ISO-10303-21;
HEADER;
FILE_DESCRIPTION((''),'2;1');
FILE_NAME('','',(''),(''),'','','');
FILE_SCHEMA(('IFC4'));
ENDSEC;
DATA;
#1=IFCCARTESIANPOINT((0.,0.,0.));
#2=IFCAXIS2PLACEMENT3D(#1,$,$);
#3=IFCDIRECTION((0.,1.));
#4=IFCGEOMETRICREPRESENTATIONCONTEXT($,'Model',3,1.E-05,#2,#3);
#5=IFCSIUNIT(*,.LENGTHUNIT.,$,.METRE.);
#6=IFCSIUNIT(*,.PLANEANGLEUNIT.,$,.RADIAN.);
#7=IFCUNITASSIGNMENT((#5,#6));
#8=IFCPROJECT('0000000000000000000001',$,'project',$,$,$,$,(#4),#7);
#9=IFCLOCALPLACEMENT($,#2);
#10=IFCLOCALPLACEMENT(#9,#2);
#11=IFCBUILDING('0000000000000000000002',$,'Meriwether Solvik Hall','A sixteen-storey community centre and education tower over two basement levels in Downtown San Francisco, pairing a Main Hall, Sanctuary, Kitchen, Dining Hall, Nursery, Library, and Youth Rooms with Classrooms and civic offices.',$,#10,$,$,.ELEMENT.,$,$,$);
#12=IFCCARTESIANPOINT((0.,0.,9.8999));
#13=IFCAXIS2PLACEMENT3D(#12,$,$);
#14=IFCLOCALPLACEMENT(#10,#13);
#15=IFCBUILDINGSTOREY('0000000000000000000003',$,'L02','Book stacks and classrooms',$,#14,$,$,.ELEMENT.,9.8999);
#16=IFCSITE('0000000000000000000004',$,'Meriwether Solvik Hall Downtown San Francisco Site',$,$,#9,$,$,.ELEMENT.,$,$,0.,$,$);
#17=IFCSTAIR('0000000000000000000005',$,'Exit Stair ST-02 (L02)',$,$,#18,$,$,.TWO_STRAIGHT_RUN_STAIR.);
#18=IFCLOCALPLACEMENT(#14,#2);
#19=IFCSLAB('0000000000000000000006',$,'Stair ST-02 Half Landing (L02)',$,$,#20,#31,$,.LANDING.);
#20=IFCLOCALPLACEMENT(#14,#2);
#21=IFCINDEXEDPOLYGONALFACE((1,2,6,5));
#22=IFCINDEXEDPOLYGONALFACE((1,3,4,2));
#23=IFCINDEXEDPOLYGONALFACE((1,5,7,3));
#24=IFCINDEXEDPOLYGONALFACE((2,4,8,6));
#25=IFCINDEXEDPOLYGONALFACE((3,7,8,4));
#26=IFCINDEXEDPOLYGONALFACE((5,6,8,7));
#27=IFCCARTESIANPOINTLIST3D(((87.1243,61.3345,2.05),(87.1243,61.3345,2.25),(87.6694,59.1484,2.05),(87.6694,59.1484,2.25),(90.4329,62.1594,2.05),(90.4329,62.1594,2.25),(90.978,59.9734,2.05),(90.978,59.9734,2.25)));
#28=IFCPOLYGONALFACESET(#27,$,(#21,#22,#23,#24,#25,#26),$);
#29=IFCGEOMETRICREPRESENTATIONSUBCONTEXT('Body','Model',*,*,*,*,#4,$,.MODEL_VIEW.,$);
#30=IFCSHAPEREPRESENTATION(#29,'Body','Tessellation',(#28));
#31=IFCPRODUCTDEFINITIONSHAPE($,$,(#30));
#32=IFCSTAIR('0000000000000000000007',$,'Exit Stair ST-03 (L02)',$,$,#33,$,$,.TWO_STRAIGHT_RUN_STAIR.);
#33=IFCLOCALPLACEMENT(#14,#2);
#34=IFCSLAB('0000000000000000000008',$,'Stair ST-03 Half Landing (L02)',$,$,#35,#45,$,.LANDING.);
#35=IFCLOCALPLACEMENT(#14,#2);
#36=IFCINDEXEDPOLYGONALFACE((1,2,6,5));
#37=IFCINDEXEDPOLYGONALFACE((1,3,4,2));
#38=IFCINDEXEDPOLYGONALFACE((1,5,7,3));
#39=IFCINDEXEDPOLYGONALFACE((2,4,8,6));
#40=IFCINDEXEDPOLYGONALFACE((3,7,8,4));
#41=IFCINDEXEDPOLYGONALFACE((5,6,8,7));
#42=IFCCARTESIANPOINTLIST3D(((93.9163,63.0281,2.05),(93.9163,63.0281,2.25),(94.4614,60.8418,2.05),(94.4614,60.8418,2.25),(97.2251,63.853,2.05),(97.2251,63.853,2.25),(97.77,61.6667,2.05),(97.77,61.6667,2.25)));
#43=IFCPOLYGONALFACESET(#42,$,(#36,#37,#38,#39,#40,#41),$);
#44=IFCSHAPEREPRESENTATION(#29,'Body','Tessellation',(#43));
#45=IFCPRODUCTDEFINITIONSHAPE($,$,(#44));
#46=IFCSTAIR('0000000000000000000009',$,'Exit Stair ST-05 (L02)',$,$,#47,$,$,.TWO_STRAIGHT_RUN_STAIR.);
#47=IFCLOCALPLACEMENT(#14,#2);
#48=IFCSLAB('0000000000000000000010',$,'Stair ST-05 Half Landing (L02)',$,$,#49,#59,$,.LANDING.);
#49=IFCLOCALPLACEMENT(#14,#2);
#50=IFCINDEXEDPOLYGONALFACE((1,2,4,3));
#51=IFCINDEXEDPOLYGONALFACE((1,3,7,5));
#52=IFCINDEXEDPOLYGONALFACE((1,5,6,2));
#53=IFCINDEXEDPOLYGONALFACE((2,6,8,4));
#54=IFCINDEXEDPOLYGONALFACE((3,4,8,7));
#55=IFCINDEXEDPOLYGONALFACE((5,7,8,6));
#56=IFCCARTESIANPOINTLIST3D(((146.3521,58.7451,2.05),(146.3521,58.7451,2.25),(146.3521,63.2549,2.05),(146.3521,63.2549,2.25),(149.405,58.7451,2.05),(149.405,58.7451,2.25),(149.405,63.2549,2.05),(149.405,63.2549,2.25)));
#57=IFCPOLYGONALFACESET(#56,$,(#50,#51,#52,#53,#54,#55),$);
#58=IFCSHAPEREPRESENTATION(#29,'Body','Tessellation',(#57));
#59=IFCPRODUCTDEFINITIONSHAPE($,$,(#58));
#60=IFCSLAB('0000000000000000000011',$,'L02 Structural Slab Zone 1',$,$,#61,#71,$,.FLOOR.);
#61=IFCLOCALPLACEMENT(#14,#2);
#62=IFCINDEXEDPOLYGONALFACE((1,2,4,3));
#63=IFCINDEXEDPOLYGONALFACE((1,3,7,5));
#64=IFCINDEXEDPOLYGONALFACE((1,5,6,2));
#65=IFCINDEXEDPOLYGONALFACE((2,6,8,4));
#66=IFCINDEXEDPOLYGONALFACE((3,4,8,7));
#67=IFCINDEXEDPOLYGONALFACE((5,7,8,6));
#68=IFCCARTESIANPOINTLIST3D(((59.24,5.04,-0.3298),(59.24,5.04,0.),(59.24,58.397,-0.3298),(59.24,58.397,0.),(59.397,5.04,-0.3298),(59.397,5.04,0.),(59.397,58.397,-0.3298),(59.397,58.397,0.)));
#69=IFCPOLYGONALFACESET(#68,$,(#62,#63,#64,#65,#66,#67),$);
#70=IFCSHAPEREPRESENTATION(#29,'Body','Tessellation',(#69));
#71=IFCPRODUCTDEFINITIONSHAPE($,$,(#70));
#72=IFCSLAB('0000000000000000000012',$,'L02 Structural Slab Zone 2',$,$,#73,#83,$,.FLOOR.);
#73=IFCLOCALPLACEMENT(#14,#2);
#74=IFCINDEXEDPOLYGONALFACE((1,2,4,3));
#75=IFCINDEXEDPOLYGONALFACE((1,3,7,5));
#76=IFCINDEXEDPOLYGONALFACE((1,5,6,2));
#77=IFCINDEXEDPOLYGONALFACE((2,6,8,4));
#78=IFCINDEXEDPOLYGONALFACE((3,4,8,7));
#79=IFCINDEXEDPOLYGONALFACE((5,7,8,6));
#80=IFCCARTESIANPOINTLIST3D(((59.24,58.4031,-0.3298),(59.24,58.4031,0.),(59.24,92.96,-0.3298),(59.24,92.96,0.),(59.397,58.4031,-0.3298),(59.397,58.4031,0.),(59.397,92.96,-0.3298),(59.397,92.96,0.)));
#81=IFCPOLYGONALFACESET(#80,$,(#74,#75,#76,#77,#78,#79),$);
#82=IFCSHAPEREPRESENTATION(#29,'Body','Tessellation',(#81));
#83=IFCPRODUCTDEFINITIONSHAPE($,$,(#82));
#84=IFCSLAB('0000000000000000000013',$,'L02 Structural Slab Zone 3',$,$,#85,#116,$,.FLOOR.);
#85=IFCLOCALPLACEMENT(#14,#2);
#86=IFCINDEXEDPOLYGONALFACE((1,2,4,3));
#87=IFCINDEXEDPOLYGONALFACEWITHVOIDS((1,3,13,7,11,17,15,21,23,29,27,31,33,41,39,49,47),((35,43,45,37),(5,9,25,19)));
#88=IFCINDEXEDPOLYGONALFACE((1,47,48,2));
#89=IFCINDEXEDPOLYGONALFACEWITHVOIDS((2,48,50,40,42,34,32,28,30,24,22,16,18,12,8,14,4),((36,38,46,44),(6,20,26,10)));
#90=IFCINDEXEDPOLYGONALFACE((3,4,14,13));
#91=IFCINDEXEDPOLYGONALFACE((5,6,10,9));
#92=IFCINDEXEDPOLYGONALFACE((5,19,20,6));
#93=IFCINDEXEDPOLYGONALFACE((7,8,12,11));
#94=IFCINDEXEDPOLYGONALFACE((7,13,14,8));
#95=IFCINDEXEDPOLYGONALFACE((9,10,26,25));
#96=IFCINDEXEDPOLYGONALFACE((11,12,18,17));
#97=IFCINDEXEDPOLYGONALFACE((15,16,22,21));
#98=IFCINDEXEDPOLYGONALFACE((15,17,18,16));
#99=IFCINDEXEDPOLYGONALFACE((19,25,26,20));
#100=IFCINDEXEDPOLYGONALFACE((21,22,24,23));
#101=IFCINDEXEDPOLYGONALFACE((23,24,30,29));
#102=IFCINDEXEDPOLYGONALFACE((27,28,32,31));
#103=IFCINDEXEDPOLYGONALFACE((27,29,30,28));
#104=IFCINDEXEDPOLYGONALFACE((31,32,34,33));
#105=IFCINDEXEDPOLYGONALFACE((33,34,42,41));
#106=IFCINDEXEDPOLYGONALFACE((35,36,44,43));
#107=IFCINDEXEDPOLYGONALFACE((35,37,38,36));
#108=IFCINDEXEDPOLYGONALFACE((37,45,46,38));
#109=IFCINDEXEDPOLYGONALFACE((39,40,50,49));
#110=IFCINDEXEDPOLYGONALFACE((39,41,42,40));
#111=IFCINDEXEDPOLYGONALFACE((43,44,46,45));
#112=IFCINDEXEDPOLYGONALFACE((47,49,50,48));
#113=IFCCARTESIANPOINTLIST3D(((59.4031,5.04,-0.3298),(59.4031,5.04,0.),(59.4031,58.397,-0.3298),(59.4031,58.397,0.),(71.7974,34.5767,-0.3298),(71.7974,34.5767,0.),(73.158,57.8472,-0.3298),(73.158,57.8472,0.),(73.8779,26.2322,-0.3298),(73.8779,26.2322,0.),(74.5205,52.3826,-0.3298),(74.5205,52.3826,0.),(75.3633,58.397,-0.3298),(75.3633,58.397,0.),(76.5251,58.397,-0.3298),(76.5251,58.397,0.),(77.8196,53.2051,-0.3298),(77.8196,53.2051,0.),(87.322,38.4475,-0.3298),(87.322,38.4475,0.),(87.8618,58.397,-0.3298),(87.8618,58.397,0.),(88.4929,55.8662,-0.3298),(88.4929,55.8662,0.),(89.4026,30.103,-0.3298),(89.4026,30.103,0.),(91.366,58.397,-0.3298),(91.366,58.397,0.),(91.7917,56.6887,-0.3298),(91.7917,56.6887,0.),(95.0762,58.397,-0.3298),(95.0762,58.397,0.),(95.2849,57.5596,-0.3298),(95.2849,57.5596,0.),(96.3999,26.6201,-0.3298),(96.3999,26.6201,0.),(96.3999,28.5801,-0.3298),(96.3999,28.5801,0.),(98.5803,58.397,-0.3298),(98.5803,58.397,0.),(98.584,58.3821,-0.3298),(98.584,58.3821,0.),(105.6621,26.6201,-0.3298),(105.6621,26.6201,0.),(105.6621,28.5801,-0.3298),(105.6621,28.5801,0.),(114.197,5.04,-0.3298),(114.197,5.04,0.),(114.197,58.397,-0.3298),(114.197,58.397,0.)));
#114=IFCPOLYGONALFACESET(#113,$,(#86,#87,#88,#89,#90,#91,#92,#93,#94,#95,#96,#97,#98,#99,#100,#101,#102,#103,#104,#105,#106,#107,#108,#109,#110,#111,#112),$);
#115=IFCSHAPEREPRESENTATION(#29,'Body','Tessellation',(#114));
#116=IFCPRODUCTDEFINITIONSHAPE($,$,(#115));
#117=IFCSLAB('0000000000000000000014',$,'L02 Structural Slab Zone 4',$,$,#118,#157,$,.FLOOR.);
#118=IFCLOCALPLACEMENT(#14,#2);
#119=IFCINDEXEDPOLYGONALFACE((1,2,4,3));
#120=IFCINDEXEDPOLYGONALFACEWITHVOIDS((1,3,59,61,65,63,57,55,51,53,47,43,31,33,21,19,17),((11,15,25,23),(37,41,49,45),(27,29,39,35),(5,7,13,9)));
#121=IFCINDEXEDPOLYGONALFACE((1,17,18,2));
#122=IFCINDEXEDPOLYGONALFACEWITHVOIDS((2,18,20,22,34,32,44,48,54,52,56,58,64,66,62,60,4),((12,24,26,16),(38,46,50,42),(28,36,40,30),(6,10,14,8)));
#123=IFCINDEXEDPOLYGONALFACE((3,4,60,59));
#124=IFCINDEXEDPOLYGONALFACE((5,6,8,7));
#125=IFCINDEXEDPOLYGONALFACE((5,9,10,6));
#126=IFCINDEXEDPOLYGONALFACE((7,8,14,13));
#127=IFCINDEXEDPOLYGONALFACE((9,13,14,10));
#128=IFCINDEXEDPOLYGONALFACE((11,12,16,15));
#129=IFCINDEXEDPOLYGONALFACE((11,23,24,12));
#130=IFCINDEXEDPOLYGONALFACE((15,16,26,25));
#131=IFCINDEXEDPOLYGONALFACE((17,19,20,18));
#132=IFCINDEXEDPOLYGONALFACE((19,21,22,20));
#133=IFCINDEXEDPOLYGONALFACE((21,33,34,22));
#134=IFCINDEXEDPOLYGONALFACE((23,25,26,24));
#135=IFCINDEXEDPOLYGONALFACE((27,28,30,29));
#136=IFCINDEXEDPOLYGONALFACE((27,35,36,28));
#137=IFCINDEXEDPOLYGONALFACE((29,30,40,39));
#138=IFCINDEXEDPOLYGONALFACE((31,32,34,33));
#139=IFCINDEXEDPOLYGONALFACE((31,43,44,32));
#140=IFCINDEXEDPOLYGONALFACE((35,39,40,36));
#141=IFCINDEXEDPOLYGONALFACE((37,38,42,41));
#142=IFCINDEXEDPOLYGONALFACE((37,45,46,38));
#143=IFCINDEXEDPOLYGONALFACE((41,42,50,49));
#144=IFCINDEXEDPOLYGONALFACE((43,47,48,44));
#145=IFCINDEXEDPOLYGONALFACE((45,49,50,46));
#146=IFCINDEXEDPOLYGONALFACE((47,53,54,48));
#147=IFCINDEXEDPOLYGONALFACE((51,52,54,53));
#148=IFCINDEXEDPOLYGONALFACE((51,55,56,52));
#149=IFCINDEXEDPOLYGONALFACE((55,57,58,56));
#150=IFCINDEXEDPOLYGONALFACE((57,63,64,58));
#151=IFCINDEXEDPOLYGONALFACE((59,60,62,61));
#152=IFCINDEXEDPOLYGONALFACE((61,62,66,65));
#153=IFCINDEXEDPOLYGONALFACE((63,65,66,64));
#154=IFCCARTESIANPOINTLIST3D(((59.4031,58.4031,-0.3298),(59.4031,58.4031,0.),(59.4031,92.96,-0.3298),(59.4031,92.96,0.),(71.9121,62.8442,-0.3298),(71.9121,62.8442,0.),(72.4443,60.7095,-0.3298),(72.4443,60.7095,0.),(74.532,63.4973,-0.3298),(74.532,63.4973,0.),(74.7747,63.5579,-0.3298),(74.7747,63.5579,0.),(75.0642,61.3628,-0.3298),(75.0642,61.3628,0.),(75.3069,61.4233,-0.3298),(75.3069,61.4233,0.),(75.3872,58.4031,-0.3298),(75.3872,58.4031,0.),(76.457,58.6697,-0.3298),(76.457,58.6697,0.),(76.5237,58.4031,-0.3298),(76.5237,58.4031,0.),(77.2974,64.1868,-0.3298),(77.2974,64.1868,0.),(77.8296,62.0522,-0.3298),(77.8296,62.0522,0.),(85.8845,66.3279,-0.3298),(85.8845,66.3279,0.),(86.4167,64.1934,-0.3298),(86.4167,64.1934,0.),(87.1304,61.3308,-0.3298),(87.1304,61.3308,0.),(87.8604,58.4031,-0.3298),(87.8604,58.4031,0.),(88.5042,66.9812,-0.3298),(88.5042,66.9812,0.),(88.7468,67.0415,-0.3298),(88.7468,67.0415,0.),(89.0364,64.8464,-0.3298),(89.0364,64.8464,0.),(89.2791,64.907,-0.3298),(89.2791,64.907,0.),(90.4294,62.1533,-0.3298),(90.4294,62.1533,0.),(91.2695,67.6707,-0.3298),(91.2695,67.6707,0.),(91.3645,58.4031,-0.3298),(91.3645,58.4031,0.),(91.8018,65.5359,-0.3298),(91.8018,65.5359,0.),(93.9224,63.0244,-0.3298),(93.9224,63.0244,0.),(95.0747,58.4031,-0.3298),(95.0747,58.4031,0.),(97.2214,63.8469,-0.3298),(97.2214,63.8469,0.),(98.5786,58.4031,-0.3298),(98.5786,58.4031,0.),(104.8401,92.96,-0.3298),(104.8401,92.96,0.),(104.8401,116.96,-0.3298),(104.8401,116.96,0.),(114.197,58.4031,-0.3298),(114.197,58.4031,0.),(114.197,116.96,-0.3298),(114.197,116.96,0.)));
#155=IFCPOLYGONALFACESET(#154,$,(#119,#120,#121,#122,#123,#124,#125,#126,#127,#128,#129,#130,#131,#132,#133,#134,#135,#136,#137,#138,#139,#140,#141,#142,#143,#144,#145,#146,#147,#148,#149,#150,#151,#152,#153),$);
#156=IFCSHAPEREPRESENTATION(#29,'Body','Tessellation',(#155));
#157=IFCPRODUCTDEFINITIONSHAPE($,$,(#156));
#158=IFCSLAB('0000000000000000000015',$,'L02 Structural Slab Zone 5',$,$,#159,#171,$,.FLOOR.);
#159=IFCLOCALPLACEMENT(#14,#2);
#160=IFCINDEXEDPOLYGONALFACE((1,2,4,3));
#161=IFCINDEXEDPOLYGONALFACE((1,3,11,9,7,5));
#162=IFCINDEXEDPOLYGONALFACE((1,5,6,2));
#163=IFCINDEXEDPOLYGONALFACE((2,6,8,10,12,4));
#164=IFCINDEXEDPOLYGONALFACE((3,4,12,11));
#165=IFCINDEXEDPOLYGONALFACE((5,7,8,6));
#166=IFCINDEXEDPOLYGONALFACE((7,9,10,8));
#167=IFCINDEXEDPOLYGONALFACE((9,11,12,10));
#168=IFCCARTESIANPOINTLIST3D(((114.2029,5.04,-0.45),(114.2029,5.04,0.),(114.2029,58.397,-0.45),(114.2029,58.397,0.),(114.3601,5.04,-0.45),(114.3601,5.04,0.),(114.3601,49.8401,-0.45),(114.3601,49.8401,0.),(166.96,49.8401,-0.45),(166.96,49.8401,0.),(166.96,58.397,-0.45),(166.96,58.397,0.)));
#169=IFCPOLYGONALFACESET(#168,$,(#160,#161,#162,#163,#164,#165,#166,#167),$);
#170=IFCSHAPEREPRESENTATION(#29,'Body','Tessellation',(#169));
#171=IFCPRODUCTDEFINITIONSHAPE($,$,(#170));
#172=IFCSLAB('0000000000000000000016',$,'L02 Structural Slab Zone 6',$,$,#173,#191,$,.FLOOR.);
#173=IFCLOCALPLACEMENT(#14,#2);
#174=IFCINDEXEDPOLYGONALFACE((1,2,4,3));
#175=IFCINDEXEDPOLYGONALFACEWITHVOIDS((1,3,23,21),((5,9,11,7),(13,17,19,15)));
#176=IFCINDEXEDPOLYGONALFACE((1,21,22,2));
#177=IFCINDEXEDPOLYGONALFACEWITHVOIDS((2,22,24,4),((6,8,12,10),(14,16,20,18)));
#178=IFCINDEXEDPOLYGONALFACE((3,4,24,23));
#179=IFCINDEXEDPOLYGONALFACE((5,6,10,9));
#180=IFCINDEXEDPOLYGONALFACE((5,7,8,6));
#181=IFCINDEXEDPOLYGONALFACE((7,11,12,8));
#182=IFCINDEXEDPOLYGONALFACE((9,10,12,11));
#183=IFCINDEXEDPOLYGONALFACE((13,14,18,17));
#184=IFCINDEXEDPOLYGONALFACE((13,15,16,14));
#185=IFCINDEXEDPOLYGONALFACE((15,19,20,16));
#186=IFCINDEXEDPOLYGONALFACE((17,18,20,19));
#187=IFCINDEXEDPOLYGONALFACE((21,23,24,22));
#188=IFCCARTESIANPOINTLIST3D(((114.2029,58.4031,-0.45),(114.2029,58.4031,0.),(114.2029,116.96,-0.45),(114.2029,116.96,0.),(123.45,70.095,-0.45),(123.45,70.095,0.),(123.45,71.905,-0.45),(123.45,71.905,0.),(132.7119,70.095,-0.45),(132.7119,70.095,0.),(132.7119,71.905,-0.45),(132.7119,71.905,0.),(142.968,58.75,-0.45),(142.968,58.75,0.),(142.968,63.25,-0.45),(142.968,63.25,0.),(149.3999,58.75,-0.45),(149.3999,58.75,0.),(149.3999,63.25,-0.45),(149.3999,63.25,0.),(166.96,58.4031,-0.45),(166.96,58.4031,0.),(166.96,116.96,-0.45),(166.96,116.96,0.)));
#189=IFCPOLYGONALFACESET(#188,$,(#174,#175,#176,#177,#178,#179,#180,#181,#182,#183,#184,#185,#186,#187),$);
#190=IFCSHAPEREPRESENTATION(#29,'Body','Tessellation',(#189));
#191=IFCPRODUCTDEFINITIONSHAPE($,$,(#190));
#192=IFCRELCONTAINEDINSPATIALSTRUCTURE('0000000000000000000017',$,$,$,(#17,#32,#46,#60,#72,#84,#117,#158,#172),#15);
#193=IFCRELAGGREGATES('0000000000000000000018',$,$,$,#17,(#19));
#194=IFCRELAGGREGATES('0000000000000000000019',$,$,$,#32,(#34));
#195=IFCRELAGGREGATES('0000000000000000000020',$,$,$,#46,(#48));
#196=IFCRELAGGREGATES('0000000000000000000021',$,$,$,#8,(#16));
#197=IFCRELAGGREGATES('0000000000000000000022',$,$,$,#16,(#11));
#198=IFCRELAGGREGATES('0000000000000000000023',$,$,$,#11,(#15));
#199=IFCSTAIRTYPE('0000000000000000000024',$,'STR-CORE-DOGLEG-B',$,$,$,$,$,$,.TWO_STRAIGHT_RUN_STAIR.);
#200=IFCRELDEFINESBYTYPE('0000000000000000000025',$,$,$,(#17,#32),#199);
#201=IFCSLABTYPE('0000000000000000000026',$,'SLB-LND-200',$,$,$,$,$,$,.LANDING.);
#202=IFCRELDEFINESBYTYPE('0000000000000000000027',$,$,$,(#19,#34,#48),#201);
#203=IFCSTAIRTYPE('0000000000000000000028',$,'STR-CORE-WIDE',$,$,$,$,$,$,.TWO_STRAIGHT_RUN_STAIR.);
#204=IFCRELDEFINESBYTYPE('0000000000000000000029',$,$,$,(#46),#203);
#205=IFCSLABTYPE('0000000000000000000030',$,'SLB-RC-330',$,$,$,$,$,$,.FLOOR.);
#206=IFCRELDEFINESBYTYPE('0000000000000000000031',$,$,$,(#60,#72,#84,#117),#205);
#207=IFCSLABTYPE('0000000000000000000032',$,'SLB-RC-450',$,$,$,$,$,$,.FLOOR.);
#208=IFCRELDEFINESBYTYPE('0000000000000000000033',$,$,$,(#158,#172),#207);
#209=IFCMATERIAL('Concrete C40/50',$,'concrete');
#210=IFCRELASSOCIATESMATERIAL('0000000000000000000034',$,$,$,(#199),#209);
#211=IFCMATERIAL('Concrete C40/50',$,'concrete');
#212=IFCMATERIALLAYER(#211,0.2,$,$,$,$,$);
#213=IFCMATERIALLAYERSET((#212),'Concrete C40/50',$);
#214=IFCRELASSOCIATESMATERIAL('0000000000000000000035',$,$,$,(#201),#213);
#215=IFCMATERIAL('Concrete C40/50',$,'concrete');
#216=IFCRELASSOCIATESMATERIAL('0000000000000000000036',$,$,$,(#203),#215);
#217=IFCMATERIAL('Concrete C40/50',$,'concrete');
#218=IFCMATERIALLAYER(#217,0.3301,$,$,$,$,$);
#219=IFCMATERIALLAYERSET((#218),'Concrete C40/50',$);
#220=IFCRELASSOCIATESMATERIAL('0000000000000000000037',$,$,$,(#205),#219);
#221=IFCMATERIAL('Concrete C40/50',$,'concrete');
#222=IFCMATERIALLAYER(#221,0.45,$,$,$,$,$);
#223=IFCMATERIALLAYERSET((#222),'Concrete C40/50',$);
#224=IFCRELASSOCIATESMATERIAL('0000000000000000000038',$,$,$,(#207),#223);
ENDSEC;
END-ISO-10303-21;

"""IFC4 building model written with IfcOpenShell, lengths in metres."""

from ifc_helpers import new_model, si_unit, direction, frame, origin, place, context, subcontext, project, spatial, polyline, outline, extrude, material, layer, layer_set, type_object, element, aggregate, save


model = new_model("IFC4")

# Units and contexts
model_context = context("Model", 3, precision=1e-05, world=origin(), true_north=direction((0.0, 1.0)))
body_context = subcontext(model_context, "Body", "Model", "MODEL_VIEW")
ifc_project = project(units=[si_unit("LENGTHUNIT", "METRE"), si_unit("PLANEANGLEUNIT", "RADIAN")], contexts=[model_context])

# Site, building, storey
site_placement = place(None, origin())
site = spatial("IfcSite", under=ifc_project, at=site_placement, Name="Meriwether Solvik Hall Downtown San Francisco Site", CompositionType="ELEMENT", RefElevation=0.0)
building_placement = place(site_placement, origin())
building = spatial("IfcBuilding", under=site, at=building_placement, Name="Meriwether Solvik Hall", Description="A sixteen-storey community centre and education tower over two basement levels in Downtown San Francisco, pairing a Main Hall, Sanctuary, Kitchen, Dining Hall, Nursery, Library, and Youth Rooms with Classrooms and civic offices.", CompositionType="ELEMENT")
storey_placement = place(building_placement, frame((0.0, 0.0, 9.8999)))
storey = spatial("IfcBuildingStorey", under=building, at=storey_placement, Name="L02", Description="Book stacks and classrooms", CompositionType="ELEMENT", Elevation=9.8999)

# Stairs, slabs
ifc_material_1 = material(Name="Concrete C40/50", Category="concrete")
stair_type_1 = type_object("IfcStairType", Name="STR-CORE-DOGLEG-B", PredefinedType="TWO_STRAIGHT_RUN_STAIR", material=ifc_material_1)
ifc_material_2 = material(Name="Concrete C40/50", Category="concrete")
ifc_layer_1 = layer(ifc_material_2, 0.2)
ifc_layer_set_1 = layer_set([ifc_layer_1], Name="Concrete C40/50")
slab_type_1 = type_object("IfcSlabType", Name="SLB-LND-200", PredefinedType="LANDING", material=ifc_layer_set_1)
stair_1_placement = place(storey_placement, origin())
stair_1 = element("IfcStair", 1, at=stair_1_placement, inside=storey, type_object=stair_type_1, Name="Exit Stair ST-02 (L02)", PredefinedType="TWO_STRAIGHT_RUN_STAIR")
slab_1_placement = place(storey_placement, frame((0.0, 0.0, 2.05)))
slab_1 = element("IfcSlab", 2, at=slab_1_placement, type_object=slab_type_1, Name="Stair ST-02 Half Landing (L02)", PredefinedType="LANDING", context=body_context, shape_type="SweptSolid", body=[
    extrude(outline(polyline([(87.6694, 59.1484), (90.978, 59.9734), (90.4329, 62.1594), (87.1243, 61.3345), (87.6694, 59.1484)])), origin(), (0.0, 0.0, 1.0), 0.2),
])
aggregate(stair_1, [slab_1])
stair_2_placement = place(storey_placement, origin())
stair_2 = element("IfcStair", 3, at=stair_2_placement, inside=storey, type_object=stair_type_1, Name="Exit Stair ST-03 (L02)", PredefinedType="TWO_STRAIGHT_RUN_STAIR")
slab_2_placement = place(storey_placement, frame((0.0, 0.0, 2.05)))
slab_2 = element("IfcSlab", 4, at=slab_2_placement, type_object=slab_type_1, Name="Stair ST-03 Half Landing (L02)", PredefinedType="LANDING", context=body_context, shape_type="SweptSolid", body=[
    extrude(outline(polyline([(94.4614, 60.8418), (97.77, 61.6667), (97.2251, 63.853), (93.9163, 63.0281), (94.4614, 60.8418)])), origin(), (0.0, 0.0, 1.0), 0.2),
])
aggregate(stair_2, [slab_2])
ifc_material_3 = material(Name="Concrete C40/50", Category="concrete")
stair_type_2 = type_object("IfcStairType", Name="STR-CORE-WIDE", PredefinedType="TWO_STRAIGHT_RUN_STAIR", material=ifc_material_3)
stair_3_placement = place(storey_placement, origin())
stair_3 = element("IfcStair", 5, at=stair_3_placement, inside=storey, type_object=stair_type_2, Name="Exit Stair ST-05 (L02)", PredefinedType="TWO_STRAIGHT_RUN_STAIR")
slab_3_placement = place(storey_placement, frame((0.0, 0.0, 2.05)))
slab_3 = element("IfcSlab", 6, at=slab_3_placement, type_object=slab_type_1, Name="Stair ST-05 Half Landing (L02)", PredefinedType="LANDING", context=body_context, shape_type="SweptSolid", body=[
    extrude(outline(polyline([(146.3521, 58.7451), (149.405, 58.7451), (149.405, 63.2549), (146.3521, 63.2549), (146.3521, 58.7451)])), origin(), (0.0, 0.0, 1.0), 0.2),
])
aggregate(stair_3, [slab_3])

# Slabs
ifc_material_4 = material(Name="Concrete C40/50", Category="concrete")
ifc_layer_2 = layer(ifc_material_4, 0.3301)
ifc_layer_set_2 = layer_set([ifc_layer_2], Name="Concrete C40/50")
slab_type_2 = type_object("IfcSlabType", Name="SLB-RC-330", PredefinedType="FLOOR", material=ifc_layer_set_2)
slab_4_placement = place(storey_placement, frame((0.0, 0.0, -0.3298)))
element("IfcSlab", 7, at=slab_4_placement, inside=storey, type_object=slab_type_2, Name="L02 Structural Slab Zone 1", PredefinedType="FLOOR", context=body_context, shape_type="SweptSolid", body=[
    extrude(outline(polyline([(59.397, 5.04), (59.24, 5.04), (59.24, 58.397), (59.397, 58.397), (59.397, 5.04)])), origin(), (0.0, 0.0, 1.0), 0.3298),
])
slab_5_placement = place(storey_placement, frame((0.0, 0.0, -0.3298)))
element("IfcSlab", 8, at=slab_5_placement, inside=storey, type_object=slab_type_2, Name="L02 Structural Slab Zone 2", PredefinedType="FLOOR", context=body_context, shape_type="SweptSolid", body=[
    extrude(outline(polyline([(59.24, 58.4031), (59.24, 92.96), (59.397, 92.96), (59.397, 58.4031), (59.24, 58.4031)])), origin(), (0.0, 0.0, 1.0), 0.3298),
])
slab_6_placement = place(storey_placement, frame((0.0, 0.0, -0.3298)))
element("IfcSlab", 9, at=slab_6_placement, inside=storey, type_object=slab_type_2, Name="L02 Structural Slab Zone 3", PredefinedType="FLOOR", context=body_context, shape_type="SweptSolid", body=[
    extrude(outline(polyline([(75.3633, 58.397), (73.158, 57.8472), (74.5205, 52.3826), (77.8196, 53.2051), (76.5251, 58.397), (87.8618, 58.397), (88.4929, 55.8662), (91.7917, 56.6887), (91.366, 58.397), (95.0762, 58.397), (95.2849, 57.5596), (98.584, 58.3821), (98.5803, 58.397), (114.197, 58.397), (114.197, 5.04), (59.4031, 5.04), (59.4031, 58.397), (75.3633, 58.397)]), holes=[polyline([(87.322, 38.4475), (71.7974, 34.5767), (73.8779, 26.2322), (89.4026, 30.103), (87.322, 38.4475)]), polyline([(105.6621, 26.6201), (105.6621, 28.5801), (96.3999, 28.5801), (96.3999, 26.6201), (105.6621, 26.6201)])]), origin(), (0.0, 0.0, 1.0), 0.3298),
])
slab_7_placement = place(storey_placement, frame((0.0, 0.0, -0.3298)))
element("IfcSlab", 10, at=slab_7_placement, inside=storey, type_object=slab_type_2, Name="L02 Structural Slab Zone 4", PredefinedType="FLOOR", context=body_context, shape_type="SweptSolid", body=[
    extrude(outline(polyline([(98.5786, 58.4031), (97.2214, 63.8469), (93.9224, 63.0244), (95.0747, 58.4031), (91.3645, 58.4031), (90.4294, 62.1533), (87.1304, 61.3308), (87.8604, 58.4031), (76.5237, 58.4031), (76.457, 58.6697), (75.3872, 58.4031), (59.4031, 58.4031), (59.4031, 92.96), (104.8401, 92.96), (104.8401, 116.96), (114.197, 116.96), (114.197, 58.4031), (98.5786, 58.4031)]), holes=[polyline([(75.0642, 61.3628), (74.532, 63.4973), (71.9121, 62.8442), (72.4443, 60.7095), (75.0642, 61.3628)]), polyline([(77.8296, 62.0522), (77.2974, 64.1868), (74.7747, 63.5579), (75.3069, 61.4233), (77.8296, 62.0522)]), polyline([(88.5042, 66.9812), (85.8845, 66.3279), (86.4167, 64.1934), (89.0364, 64.8464), (88.5042, 66.9812)]), polyline([(91.8018, 65.5359), (91.2695, 67.6707), (88.7468, 67.0415), (89.2791, 64.907), (91.8018, 65.5359)])]), origin(), (0.0, 0.0, 1.0), 0.3298),
])
ifc_material_5 = material(Name="Concrete C40/50", Category="concrete")
ifc_layer_3 = layer(ifc_material_5, 0.45)
ifc_layer_set_3 = layer_set([ifc_layer_3], Name="Concrete C40/50")
slab_type_3 = type_object("IfcSlabType", Name="SLB-RC-450", PredefinedType="FLOOR", material=ifc_layer_set_3)
slab_8_placement = place(storey_placement, frame((0.0, 0.0, -0.45)))
element("IfcSlab", 11, at=slab_8_placement, inside=storey, type_object=slab_type_3, Name="L02 Structural Slab Zone 5", PredefinedType="FLOOR", context=body_context, shape_type="SweptSolid", body=[
    extrude(outline(polyline([(166.96, 58.397), (166.96, 49.8401), (114.3601, 49.8401), (114.3601, 5.04), (114.2029, 5.04), (114.2029, 58.397), (166.96, 58.397)])), origin(), (0.0, 0.0, 1.0), 0.45),
])
slab_9_placement = place(storey_placement, frame((0.0, 0.0, -0.45)))
element("IfcSlab", 12, at=slab_9_placement, inside=storey, type_object=slab_type_3, Name="L02 Structural Slab Zone 6", PredefinedType="FLOOR", context=body_context, shape_type="SweptSolid", body=[
    extrude(outline(polyline([(114.2029, 116.96), (166.96, 116.96), (166.96, 58.4031), (114.2029, 58.4031), (114.2029, 116.96)]), holes=[polyline([(149.3999, 63.25), (142.968, 63.25), (142.968, 58.75), (149.3999, 58.75), (149.3999, 63.25)]), polyline([(132.7119, 70.095), (132.7119, 71.905), (123.45, 71.905), (123.45, 70.095), (132.7119, 70.095)])]), origin(), (0.0, 0.0, 1.0), 0.45),
])

save(model, "model.ifc")
